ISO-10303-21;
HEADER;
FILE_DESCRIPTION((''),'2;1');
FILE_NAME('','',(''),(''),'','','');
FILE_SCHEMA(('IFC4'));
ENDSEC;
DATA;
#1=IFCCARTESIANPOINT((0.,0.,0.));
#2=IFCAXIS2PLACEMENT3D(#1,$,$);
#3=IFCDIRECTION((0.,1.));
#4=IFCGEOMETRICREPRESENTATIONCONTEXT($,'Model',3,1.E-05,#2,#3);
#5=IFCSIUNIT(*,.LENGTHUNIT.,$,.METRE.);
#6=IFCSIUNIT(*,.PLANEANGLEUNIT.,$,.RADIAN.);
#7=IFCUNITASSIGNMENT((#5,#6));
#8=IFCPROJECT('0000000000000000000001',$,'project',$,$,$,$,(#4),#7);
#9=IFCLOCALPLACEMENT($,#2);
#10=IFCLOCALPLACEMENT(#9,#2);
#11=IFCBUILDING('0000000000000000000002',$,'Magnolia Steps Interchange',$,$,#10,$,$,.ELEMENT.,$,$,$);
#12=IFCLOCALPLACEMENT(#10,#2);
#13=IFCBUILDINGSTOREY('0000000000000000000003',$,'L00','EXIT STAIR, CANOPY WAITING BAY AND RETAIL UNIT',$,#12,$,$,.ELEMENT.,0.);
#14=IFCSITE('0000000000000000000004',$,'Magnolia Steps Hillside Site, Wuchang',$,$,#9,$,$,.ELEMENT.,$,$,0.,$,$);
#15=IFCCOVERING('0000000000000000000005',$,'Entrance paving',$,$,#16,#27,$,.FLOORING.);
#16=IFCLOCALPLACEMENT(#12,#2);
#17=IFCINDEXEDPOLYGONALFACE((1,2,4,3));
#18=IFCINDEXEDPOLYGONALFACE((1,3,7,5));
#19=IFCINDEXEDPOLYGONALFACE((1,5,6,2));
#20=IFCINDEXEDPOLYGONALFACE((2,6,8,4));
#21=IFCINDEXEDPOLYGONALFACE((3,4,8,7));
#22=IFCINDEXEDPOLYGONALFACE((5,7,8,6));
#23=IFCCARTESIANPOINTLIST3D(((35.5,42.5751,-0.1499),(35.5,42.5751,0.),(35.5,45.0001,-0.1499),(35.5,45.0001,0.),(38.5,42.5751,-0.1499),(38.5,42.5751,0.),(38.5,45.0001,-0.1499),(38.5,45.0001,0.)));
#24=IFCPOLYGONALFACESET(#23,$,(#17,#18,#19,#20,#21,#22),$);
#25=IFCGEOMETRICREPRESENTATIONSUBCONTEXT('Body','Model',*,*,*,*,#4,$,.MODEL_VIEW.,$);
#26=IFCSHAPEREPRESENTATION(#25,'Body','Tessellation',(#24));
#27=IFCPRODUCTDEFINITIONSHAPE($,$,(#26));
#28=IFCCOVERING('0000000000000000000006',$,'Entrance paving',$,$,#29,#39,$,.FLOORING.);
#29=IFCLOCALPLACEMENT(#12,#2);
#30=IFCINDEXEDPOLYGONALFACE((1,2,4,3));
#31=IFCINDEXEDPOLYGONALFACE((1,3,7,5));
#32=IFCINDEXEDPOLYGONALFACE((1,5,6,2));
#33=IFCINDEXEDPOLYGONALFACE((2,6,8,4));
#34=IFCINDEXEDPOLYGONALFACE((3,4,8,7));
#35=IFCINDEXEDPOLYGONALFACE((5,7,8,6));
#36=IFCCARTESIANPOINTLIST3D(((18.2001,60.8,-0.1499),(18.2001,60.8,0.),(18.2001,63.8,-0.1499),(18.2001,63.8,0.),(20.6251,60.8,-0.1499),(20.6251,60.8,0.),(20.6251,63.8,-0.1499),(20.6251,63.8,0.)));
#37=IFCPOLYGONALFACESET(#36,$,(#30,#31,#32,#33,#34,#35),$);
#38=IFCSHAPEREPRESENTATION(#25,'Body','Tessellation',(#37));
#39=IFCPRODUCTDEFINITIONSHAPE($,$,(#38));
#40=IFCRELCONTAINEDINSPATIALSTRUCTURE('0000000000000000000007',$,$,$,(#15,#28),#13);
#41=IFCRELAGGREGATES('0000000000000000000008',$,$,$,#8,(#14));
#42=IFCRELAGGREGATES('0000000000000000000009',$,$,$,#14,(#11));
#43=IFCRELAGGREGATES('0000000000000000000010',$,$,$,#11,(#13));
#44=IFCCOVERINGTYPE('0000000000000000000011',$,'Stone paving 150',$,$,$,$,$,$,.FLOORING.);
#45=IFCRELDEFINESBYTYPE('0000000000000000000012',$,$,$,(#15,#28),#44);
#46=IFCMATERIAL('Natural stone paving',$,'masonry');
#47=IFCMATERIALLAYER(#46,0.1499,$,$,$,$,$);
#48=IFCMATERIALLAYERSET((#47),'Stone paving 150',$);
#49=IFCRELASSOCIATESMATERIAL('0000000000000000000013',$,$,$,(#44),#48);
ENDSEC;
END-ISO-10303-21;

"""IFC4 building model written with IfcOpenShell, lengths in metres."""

from ifc_helpers import new_model, si_unit, direction, frame, origin, origin_2d, place, context, subcontext, project, spatial, rectangle, extrude, material, layer, layer_set, type_object, element, save


model = new_model("IFC4")

# Units and contexts
model_context = context("Model", 3, precision=1e-05, world=origin(), true_north=direction((0.0, 1.0)))
body_context = subcontext(model_context, "Body", "Model", "MODEL_VIEW")
ifc_project = project(units=[si_unit("LENGTHUNIT", "METRE"), si_unit("PLANEANGLEUNIT", "RADIAN")], contexts=[model_context])

# Site, building, storey
site_placement = place(None, origin())
site = spatial("IfcSite", under=ifc_project, at=site_placement, Name="Magnolia Steps Hillside Site, Wuchang", CompositionType="ELEMENT", RefElevation=0.0)
building_placement = place(site_placement, origin())
building = spatial("IfcBuilding", under=site, at=building_placement, Name="Magnolia Steps Interchange", CompositionType="ELEMENT")
storey_placement = place(building_placement, origin())
storey = spatial("IfcBuildingStorey", under=building, at=storey_placement, Name="L00", Description="EXIT STAIR, CANOPY WAITING BAY AND RETAIL UNIT", CompositionType="ELEMENT", Elevation=0.0)

# Coverings
ifc_material_1 = material(Name="Natural stone paving", Category="masonry")
ifc_layer_1 = layer(ifc_material_1, 0.1499)
ifc_layer_set_1 = layer_set([ifc_layer_1], Name="Stone paving 150")
covering_type_1 = type_object("IfcCoveringType", Name="Stone paving 150", PredefinedType="FLOORING", material=ifc_layer_set_1)
for number, where, z_axis, x_axis, name in (
    (1, (37.0, 43.7876, -0.1499), (0.0, 0.0, 1.0), (1.0, 0.0, 0.0), "Entrance paving"),
):
    element("IfcCovering", number, at=place(storey_placement, frame(where, z_axis=z_axis, x_axis=x_axis)), inside=storey, type_object=covering_type_1, Name=name, PredefinedType="FLOORING", context=body_context, shape_type="SweptSolid", body=[
        extrude(rectangle(XDim=3.0, YDim=2.425, at=origin_2d()), origin(), (0.0, 0.0, 1.0), 0.1499),
    ])
covering_1_placement = place(storey_placement, frame((19.4126, 62.3, -0.1499), z_axis=(0.0, 0.0, 1.0), x_axis=(1.0, 0.0, 0.0)))
element("IfcCovering", 2, at=covering_1_placement, inside=storey, type_object=covering_type_1, Name="Entrance paving", PredefinedType="FLOORING", context=body_context, shape_type="SweptSolid", body=[
    extrude(rectangle(XDim=2.425, YDim=3.0, at=origin_2d()), origin(), (0.0, 0.0, 1.0), 0.1499),
])

save(model, "model.ifc")
